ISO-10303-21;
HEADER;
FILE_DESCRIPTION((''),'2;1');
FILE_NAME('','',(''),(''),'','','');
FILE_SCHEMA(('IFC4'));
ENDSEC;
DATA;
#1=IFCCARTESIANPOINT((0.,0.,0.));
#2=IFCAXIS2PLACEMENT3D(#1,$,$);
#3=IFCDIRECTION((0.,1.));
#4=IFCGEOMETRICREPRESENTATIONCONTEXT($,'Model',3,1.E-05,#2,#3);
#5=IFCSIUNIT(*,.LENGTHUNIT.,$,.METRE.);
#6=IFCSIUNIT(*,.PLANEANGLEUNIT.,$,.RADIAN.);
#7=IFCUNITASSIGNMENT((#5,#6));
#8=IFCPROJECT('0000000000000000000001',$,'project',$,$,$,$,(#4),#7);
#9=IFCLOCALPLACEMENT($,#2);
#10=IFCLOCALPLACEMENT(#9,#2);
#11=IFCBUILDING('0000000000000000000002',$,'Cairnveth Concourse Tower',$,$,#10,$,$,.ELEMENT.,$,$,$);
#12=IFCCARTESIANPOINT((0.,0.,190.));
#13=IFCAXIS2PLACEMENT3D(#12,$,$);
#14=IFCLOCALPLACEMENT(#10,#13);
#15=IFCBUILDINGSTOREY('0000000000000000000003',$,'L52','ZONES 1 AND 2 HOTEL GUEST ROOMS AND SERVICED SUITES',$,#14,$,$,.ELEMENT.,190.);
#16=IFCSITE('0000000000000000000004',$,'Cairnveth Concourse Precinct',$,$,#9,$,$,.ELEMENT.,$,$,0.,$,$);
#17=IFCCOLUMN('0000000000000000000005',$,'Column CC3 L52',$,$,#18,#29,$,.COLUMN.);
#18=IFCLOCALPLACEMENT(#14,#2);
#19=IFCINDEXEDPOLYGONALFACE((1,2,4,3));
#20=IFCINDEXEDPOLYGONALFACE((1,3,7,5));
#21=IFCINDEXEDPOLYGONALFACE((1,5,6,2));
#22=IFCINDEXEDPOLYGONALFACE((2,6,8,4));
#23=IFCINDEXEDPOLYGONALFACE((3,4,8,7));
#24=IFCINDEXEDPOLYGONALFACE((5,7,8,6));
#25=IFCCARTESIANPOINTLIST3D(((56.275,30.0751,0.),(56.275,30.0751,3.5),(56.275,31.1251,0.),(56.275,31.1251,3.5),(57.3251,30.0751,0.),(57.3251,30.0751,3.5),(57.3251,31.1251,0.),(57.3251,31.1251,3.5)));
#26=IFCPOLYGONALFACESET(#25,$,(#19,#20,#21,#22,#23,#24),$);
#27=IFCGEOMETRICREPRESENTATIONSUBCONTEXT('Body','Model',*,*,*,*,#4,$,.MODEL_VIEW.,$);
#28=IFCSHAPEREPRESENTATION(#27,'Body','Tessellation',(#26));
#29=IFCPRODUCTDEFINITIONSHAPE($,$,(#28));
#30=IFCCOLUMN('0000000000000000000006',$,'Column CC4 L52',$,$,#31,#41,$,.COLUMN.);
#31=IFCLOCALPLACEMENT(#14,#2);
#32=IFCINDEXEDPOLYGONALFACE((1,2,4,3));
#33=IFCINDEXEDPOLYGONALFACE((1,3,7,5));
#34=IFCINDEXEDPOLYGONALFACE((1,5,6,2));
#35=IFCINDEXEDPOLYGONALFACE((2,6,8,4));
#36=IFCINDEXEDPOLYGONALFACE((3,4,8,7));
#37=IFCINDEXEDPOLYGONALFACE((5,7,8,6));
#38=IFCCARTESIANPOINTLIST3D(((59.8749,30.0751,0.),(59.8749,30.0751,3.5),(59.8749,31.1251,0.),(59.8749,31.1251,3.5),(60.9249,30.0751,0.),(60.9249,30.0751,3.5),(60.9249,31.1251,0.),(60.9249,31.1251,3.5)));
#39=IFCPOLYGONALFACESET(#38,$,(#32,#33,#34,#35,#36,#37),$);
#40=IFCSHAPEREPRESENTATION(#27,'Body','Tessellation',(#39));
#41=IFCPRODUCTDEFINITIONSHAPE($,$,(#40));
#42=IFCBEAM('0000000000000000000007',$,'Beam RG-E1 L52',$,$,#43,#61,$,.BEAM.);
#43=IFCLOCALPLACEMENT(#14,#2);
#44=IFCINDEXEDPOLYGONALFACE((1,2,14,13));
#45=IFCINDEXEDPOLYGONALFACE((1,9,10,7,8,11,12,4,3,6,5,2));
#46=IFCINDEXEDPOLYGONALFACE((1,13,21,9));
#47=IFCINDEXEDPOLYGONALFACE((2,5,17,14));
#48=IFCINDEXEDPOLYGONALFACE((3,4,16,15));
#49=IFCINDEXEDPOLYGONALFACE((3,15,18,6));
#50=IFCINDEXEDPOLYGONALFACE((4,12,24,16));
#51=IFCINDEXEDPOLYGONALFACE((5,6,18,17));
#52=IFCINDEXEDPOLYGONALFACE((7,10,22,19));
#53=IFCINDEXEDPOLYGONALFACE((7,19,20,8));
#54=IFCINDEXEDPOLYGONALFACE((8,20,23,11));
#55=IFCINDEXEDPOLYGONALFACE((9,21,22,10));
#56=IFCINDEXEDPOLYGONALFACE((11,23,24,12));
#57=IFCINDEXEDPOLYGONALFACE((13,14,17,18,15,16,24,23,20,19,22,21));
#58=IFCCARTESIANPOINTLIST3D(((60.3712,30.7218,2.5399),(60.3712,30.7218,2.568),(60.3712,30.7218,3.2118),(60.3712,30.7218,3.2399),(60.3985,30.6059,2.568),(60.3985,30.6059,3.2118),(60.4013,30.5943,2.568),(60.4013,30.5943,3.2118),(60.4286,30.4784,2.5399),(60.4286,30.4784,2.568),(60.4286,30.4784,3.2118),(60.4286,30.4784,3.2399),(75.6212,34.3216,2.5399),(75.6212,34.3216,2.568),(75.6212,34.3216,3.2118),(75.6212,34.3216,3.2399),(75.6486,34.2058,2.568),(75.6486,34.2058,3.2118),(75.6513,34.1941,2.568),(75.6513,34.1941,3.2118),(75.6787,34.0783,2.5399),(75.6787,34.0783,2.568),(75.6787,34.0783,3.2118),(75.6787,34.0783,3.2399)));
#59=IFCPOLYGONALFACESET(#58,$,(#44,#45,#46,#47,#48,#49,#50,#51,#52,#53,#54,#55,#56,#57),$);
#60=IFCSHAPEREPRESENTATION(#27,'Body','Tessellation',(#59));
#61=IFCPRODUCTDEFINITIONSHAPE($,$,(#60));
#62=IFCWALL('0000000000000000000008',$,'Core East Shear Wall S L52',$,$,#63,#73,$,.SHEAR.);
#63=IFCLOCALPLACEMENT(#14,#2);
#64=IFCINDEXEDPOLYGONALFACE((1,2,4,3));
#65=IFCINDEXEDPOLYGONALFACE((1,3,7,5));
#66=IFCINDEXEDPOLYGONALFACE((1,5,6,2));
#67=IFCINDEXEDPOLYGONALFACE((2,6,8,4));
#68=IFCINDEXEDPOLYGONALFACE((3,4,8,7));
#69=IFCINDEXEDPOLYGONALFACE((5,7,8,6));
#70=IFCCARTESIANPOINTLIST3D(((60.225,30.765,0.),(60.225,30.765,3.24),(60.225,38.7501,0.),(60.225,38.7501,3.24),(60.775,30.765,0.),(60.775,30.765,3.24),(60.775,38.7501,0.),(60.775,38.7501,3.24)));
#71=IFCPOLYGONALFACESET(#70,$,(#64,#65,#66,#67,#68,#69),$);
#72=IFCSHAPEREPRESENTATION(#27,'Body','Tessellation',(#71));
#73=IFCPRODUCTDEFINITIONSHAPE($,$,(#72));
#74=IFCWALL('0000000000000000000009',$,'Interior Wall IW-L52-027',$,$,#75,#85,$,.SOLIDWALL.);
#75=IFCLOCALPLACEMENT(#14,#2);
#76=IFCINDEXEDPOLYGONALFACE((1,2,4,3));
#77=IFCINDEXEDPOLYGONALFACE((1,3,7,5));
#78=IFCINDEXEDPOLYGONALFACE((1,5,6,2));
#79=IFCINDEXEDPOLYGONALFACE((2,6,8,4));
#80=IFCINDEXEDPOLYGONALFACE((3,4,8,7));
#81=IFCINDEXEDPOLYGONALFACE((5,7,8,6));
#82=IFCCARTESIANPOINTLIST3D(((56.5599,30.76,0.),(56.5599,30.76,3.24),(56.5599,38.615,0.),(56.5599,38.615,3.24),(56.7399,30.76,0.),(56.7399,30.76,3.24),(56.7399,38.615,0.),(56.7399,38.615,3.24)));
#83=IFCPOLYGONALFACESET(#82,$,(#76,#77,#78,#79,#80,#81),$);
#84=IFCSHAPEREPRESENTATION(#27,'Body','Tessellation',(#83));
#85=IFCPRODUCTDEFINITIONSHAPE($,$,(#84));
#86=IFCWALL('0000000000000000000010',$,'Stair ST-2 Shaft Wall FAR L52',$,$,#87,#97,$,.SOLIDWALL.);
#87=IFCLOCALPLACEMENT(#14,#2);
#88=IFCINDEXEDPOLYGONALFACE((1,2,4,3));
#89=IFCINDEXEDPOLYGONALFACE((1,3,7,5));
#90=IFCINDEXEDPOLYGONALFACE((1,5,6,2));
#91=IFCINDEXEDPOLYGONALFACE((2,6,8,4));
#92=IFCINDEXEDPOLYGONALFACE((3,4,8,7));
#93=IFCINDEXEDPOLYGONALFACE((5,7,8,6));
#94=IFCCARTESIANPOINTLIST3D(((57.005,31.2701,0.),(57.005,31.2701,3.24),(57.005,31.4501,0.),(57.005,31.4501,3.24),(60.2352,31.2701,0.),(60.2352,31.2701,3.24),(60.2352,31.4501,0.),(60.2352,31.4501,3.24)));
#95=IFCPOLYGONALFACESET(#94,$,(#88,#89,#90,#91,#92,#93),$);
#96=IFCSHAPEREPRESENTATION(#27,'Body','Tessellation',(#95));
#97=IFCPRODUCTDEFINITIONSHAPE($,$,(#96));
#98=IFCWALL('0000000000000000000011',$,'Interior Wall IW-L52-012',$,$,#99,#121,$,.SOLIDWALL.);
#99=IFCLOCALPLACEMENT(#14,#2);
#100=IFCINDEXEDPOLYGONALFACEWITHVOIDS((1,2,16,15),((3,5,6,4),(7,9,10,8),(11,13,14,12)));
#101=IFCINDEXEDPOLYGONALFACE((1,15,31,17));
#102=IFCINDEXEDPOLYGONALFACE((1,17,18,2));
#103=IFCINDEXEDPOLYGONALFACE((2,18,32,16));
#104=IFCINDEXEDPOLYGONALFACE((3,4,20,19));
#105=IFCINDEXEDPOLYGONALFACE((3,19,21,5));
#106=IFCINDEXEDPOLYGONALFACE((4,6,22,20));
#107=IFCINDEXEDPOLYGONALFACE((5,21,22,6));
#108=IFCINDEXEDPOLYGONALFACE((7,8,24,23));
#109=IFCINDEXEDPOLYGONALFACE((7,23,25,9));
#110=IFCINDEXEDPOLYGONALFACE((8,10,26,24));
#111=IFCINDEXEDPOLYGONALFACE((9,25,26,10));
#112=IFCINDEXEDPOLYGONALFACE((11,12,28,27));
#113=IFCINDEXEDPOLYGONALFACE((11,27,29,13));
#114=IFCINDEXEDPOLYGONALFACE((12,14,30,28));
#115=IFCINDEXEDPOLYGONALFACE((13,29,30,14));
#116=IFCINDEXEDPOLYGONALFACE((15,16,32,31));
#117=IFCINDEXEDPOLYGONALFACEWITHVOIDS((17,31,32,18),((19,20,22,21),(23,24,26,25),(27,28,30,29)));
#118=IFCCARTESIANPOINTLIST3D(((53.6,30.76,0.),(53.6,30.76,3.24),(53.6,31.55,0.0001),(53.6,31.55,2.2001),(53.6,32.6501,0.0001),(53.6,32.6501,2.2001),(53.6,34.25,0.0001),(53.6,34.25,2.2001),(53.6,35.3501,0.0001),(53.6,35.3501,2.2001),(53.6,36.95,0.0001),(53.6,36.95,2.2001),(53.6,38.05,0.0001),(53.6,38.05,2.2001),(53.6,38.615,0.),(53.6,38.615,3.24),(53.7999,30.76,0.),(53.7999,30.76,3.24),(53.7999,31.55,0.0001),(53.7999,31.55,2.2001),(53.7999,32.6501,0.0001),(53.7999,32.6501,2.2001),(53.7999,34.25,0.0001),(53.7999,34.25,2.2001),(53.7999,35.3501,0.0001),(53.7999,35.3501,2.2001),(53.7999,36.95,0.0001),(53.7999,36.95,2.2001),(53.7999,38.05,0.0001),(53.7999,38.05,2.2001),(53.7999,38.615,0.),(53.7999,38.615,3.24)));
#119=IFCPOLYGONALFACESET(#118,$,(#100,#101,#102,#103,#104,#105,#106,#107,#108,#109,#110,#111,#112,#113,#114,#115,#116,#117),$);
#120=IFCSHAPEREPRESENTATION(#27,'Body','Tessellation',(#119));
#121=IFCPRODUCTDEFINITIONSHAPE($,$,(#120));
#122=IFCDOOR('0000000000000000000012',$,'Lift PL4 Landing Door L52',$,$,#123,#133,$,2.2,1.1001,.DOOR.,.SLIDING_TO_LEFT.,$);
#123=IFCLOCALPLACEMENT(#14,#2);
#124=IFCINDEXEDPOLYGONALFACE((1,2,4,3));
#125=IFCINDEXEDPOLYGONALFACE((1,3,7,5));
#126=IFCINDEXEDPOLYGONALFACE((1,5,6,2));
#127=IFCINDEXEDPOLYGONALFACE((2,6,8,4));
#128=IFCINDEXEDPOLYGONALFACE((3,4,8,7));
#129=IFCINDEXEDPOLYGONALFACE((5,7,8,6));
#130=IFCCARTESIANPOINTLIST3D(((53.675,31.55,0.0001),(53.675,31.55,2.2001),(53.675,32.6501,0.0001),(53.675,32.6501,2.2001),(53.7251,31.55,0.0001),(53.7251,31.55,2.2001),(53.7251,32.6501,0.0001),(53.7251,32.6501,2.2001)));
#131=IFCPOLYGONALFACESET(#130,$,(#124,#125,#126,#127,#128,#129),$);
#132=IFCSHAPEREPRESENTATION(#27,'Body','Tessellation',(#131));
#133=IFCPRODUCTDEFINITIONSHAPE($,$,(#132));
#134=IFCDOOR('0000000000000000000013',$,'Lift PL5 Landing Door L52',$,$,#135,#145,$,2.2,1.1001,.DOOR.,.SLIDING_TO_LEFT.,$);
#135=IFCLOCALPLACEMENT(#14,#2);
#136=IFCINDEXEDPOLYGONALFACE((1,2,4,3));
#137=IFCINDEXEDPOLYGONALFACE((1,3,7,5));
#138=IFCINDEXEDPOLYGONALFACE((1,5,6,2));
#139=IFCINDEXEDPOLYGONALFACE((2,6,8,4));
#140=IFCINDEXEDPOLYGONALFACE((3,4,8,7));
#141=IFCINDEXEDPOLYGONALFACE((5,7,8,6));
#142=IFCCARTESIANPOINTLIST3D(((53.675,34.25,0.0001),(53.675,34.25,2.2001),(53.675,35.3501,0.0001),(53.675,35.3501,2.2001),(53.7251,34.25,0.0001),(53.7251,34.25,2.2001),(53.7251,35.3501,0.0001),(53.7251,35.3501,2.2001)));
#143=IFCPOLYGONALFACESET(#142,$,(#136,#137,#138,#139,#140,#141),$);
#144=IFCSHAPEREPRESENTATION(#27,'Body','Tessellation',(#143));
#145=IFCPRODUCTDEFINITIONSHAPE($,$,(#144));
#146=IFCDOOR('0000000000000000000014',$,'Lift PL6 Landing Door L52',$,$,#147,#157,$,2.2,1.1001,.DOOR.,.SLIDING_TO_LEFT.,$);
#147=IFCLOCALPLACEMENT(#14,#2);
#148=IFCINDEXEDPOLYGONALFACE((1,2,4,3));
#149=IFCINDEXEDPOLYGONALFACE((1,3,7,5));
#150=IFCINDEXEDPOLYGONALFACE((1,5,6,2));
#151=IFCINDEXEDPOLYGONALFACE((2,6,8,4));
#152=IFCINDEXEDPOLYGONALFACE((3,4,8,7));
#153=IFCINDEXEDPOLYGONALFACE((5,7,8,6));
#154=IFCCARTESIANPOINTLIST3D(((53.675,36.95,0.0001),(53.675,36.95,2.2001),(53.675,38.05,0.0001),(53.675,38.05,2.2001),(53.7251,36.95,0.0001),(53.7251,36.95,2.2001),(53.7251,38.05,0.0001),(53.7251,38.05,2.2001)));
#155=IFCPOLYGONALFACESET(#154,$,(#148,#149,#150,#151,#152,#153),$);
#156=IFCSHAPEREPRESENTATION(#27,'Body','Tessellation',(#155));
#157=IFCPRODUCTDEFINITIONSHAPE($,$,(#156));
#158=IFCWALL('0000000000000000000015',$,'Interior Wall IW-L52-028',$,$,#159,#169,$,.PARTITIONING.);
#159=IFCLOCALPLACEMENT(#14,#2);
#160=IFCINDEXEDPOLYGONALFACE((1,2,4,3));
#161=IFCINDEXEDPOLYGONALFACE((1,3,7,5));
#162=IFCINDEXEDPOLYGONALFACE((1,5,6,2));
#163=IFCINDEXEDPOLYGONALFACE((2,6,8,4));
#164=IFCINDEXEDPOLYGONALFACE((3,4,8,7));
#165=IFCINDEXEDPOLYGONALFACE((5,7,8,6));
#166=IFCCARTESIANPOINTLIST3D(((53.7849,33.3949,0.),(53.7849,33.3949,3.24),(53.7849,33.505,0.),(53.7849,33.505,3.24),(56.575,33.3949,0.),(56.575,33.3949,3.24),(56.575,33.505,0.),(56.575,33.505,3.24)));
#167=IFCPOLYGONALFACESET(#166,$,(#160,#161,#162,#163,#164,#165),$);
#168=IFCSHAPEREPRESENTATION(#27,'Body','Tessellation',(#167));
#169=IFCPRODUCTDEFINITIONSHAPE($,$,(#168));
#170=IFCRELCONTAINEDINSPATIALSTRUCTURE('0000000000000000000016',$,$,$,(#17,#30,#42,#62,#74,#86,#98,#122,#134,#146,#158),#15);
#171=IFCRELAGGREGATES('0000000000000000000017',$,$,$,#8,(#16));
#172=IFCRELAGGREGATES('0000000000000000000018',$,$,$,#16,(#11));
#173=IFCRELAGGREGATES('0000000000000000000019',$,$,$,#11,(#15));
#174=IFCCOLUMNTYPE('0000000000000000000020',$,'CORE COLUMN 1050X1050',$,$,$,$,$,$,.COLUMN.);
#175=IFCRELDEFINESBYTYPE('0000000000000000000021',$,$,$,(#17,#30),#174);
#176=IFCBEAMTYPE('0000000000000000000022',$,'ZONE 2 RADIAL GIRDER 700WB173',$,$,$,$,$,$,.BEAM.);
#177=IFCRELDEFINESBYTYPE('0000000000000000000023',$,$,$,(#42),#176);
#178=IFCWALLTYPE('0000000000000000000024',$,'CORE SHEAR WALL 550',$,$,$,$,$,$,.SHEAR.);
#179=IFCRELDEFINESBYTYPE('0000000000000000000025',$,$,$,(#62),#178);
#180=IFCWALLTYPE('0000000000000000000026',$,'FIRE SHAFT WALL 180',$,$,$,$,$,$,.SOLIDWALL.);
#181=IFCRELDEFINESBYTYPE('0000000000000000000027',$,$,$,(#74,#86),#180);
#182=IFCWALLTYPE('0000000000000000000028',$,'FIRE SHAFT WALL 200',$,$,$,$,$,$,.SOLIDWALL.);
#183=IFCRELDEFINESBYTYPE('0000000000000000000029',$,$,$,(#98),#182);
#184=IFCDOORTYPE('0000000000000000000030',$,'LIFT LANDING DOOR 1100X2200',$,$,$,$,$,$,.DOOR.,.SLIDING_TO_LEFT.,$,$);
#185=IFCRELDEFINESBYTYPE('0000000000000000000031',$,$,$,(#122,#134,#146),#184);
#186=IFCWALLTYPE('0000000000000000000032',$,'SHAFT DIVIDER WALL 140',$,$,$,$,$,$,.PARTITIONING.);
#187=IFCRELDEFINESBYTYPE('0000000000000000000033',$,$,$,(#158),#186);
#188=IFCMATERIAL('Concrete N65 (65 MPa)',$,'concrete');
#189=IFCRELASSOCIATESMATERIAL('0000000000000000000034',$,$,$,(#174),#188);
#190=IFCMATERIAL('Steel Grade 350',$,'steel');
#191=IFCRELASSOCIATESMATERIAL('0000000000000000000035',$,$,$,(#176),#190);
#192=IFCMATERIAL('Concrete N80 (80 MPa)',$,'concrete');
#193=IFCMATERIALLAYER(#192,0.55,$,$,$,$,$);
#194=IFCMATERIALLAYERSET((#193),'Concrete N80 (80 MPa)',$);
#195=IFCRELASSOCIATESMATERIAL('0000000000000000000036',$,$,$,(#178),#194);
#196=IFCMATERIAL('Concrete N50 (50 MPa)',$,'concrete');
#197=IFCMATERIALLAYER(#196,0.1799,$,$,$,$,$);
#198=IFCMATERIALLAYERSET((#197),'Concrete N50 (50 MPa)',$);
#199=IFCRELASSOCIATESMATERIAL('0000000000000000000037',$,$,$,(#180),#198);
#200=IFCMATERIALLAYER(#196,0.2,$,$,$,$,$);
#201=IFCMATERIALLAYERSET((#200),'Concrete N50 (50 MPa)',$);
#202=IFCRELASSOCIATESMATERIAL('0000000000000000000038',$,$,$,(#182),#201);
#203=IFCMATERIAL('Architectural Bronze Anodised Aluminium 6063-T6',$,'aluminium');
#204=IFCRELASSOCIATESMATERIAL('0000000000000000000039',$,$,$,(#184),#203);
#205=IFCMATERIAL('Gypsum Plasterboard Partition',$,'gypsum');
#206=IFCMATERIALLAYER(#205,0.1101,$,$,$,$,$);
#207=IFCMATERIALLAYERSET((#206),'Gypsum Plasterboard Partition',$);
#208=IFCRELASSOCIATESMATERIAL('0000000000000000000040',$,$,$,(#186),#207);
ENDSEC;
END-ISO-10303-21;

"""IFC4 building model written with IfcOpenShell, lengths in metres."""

from ifc_helpers import new_model, si_unit, direction, frame, frame_2d, origin, origin_2d, place, context, subcontext, project, spatial, rectangle, i_section, extrude, material, layer, layer_set, material_profile, profile_set, type_object, element, fill, save


model = new_model("IFC4")

# Units and contexts
model_context = context("Model", 3, precision=1e-05, world=origin(), true_north=direction((0.0, 1.0)))
body_context = subcontext(model_context, "Body", "Model", "MODEL_VIEW")
ifc_project = project(units=[si_unit("LENGTHUNIT", "METRE"), si_unit("PLANEANGLEUNIT", "RADIAN")], contexts=[model_context])

# Site, building, storey
site_placement = place(None, origin())
site = spatial("IfcSite", under=ifc_project, at=site_placement, Name="Cairnveth Concourse Precinct", CompositionType="ELEMENT", RefElevation=0.0)
building_placement = place(site_placement, origin())
building = spatial("IfcBuilding", under=site, at=building_placement, Name="Cairnveth Concourse Tower", CompositionType="ELEMENT")
storey_placement = place(building_placement, frame((0.0, 0.0, 190.0)))
storey = spatial("IfcBuildingStorey", under=building, at=storey_placement, Name="L52", Description="ZONES 1 AND 2 HOTEL GUEST ROOMS AND SERVICED SUITES", CompositionType="ELEMENT", Elevation=190.0)

# Columns
ifc_material_1 = material(Name="Concrete N65 (65 MPa)", Category="concrete")
ifc_material_profile_1 = material_profile(ifc_material_1, rectangle(XDim=1.05, YDim=1.05, at=origin_2d()), Name="RC-COL-1050x1050")
ifc_profile_set_1 = profile_set([ifc_material_profile_1], Name="Concrete N65 (65 MPa)")
column_type = type_object("IfcColumnType", Name="CORE COLUMN 1050X1050", PredefinedType="COLUMN", material=ifc_profile_set_1)
for number, where, z_axis, x_axis, name in (
    (1, (56.8, 30.6001, 0.0), (0.0, 0.0, 1.0), (1.0, 0.0, 0.0), "Column CC3 L52"),
    (2, (60.3999, 30.6001, 0.0), (0.0, 0.0, 1.0), (1.0, 0.0, 0.0), "Column CC4 L52"),
):
    element("IfcColumn", number, at=place(storey_placement, frame(where, z_axis=z_axis, x_axis=x_axis)), inside=storey, type_object=column_type, Name=name, PredefinedType="COLUMN", context=body_context, shape_type="SweptSolid", body=[
        extrude(rectangle(XDim=1.05, YDim=1.05, at=origin_2d()), origin(), (0.0, 0.0, 1.0), 3.5),
    ])

# Beam
ifc_material_2 = material(Name="Steel Grade 350", Category="steel")
ifc_material_profile_2 = material_profile(ifc_material_2, i_section(OverallWidth=0.25, OverallDepth=0.7, WebThickness=0.012, FlangeThickness=0.0281, at=origin_2d()), Name="700WB173")
ifc_profile_set_2 = profile_set([ifc_material_profile_2], Name="Steel Grade 350")
beam_type = type_object("IfcBeamType", Name="ZONE 2 RADIAL GIRDER 700WB173", PredefinedType="BEAM", material=ifc_profile_set_2)
beam_placement = place(storey_placement, frame((60.3999, 30.6001, 2.8899), z_axis=(0.973252, 0.229742, 0.0), x_axis=(-0.229742, 0.973252, 0.0)))
element("IfcBeam", 3, at=beam_placement, inside=storey, type_object=beam_type, Name="Beam RG-E1 L52", PredefinedType="BEAM", context=body_context, shape_type="SweptSolid", body=[
    extrude(i_section(OverallWidth=0.25, OverallDepth=0.7, WebThickness=0.012, FlangeThickness=0.0281, at=origin_2d()), origin(), (0.0, 0.0, 1.0), 15.6692),
])

# Walls
ifc_material_3 = material(Name="Concrete N80 (80 MPa)", Category="concrete")
ifc_layer_1 = layer(ifc_material_3, 0.55)
ifc_layer_set_1 = layer_set([ifc_layer_1], Name="Concrete N80 (80 MPa)")
wall_type_1 = type_object("IfcWallType", Name="CORE SHEAR WALL 550", PredefinedType="SHEAR", material=ifc_layer_set_1)
wall_1_placement = place(storey_placement, frame((60.5, 30.7649, 0.0), z_axis=(0.0, 0.0, 1.0), x_axis=(0.0, 1.0, 0.0)))
element("IfcWall", 4, at=wall_1_placement, inside=storey, type_object=wall_type_1, Name="Core East Shear Wall S L52", PredefinedType="SHEAR", context=body_context, shape_type="SweptSolid", body=[
    extrude(rectangle(XDim=7.9851, YDim=0.55, at=frame_2d((3.9927, 0.0))), origin(), (0.0, 0.0, 1.0), 3.24),
])
ifc_material_4 = material(Name="Concrete N50 (50 MPa)", Category="concrete")
ifc_layer_2 = layer(ifc_material_4, 0.1799)
ifc_layer_set_2 = layer_set([ifc_layer_2], Name="Concrete N50 (50 MPa)")
wall_type_2 = type_object("IfcWallType", Name="FIRE SHAFT WALL 180", PredefinedType="SOLIDWALL", material=ifc_layer_set_2)
wall_2_placement = place(storey_placement, frame((56.6499, 30.76, 0.0), z_axis=(0.0, 0.0, 1.0), x_axis=(0.0, 1.0, 0.0)))
element("IfcWall", 5, at=wall_2_placement, inside=storey, type_object=wall_type_2, Name="Interior Wall IW-L52-027", PredefinedType="SOLIDWALL", context=body_context, shape_type="SweptSolid", body=[
    extrude(rectangle(XDim=7.855, YDim=0.1799, at=frame_2d((3.9275, 0.0))), origin(), (0.0, 0.0, 1.0), 3.24),
])
wall_3_placement = place(storey_placement, frame((57.0049, 31.3601, 0.0), z_axis=(0.0, 0.0, 1.0), x_axis=(1.0, 0.0, 0.0)))
element("IfcWall", 6, at=wall_3_placement, inside=storey, type_object=wall_type_2, Name="Stair ST-2 Shaft Wall FAR L52", PredefinedType="SOLIDWALL", context=body_context, shape_type="SweptSolid", body=[
    extrude(rectangle(XDim=3.2302, YDim=0.1799, at=frame_2d((1.6152, 0.0))), origin(), (0.0, 0.0, 1.0), 3.24),
])

# Wall, openings, doors
ifc_layer_3 = layer(ifc_material_4, 0.2)
ifc_layer_set_3 = layer_set([ifc_layer_3], Name="Concrete N50 (50 MPa)")
wall_type_3 = type_object("IfcWallType", Name="FIRE SHAFT WALL 200", PredefinedType="SOLIDWALL", material=ifc_layer_set_3)
wall_4_placement = place(storey_placement, frame((53.7, 30.76, 0.0), z_axis=(0.0, 0.0, 1.0), x_axis=(0.0, 1.0, 0.0)))
wall_4 = element("IfcWall", 7, at=wall_4_placement, inside=storey, type_object=wall_type_3, Name="Interior Wall IW-L52-012", PredefinedType="SOLIDWALL", context=body_context, shape_type="SweptSolid", body=[
    extrude(rectangle(XDim=7.855, YDim=0.2, at=frame_2d((3.9275, 0.0))), origin(), (0.0, 0.0, 1.0), 3.24),
])
opening_1_placement = place(wall_4_placement, frame((0.79, 0.0, 0.0)))
opening_1 = element("IfcOpeningElement", 8, at=opening_1_placement, cuts=wall_4, PredefinedType="OPENING", context=body_context, shape_type="SweptSolid", body=[
    extrude(rectangle(XDim=1.1001, YDim=2.2, at=frame_2d((0.55, 1.1001))), frame((0.0, 0.1099, 0.0), z_axis=(0.0, -1.0, 0.0), x_axis=(1.0, 0.0, 0.0)), (0.0, 0.0, 1.0), 0.22),
])
opening_2_placement = place(wall_4_placement, frame((3.49, 0.0, 0.0)))
opening_2 = element("IfcOpeningElement", 9, at=opening_2_placement, cuts=wall_4, PredefinedType="OPENING", context=body_context, shape_type="SweptSolid", body=[
    extrude(rectangle(XDim=1.1001, YDim=2.2, at=frame_2d((0.55, 1.1001))), frame((0.0, 0.1099, 0.0), z_axis=(0.0, -1.0, 0.0), x_axis=(1.0, 0.0, 0.0)), (0.0, 0.0, 1.0), 0.22),
])
opening_3_placement = place(wall_4_placement, frame((6.1899, 0.0, 0.0)))
opening_3 = element("IfcOpeningElement", 10, at=opening_3_placement, cuts=wall_4, PredefinedType="OPENING", context=body_context, shape_type="SweptSolid", body=[
    extrude(rectangle(XDim=1.1001, YDim=2.2, at=frame_2d((0.55, 1.1001))), frame((0.0, 0.1099, 0.0), z_axis=(0.0, -1.0, 0.0), x_axis=(1.0, 0.0, 0.0)), (0.0, 0.0, 1.0), 0.22),
])
ifc_material_5 = material(Name="Architectural Bronze Anodised Aluminium 6063-T6", Category="aluminium")
door_type = type_object("IfcDoorType", Name="LIFT LANDING DOOR 1100X2200", OperationType="SLIDING_TO_LEFT", PredefinedType="DOOR", material=ifc_material_5)
door_1_placement = place(opening_1_placement, origin())
door_1 = element("IfcDoor", 11, at=door_1_placement, inside=storey, type_object=door_type, Name="Lift PL4 Landing Door L52", OperationType="SLIDING_TO_LEFT", OverallHeight=2.2, OverallWidth=1.1001, PredefinedType="DOOR", context=body_context, shape_type="SweptSolid", body=[
    extrude(rectangle(XDim=1.1001, YDim=2.2, at=frame_2d((0.55, 1.1001))), frame((0.0, 0.0249, 0.0), z_axis=(0.0, -1.0, 0.0), x_axis=(1.0, 0.0, 0.0)), (0.0, 0.0, 1.0), 0.05),
])
fill(opening_1, door_1)
door_2_placement = place(opening_2_placement, origin())
door_2 = element("IfcDoor", 12, at=door_2_placement, inside=storey, type_object=door_type, Name="Lift PL5 Landing Door L52", OperationType="SLIDING_TO_LEFT", OverallHeight=2.2, OverallWidth=1.1001, PredefinedType="DOOR", context=body_context, shape_type="SweptSolid", body=[
    extrude(rectangle(XDim=1.1001, YDim=2.2, at=frame_2d((0.55, 1.1001))), frame((0.0, 0.0249, 0.0), z_axis=(0.0, -1.0, 0.0), x_axis=(1.0, 0.0, 0.0)), (0.0, 0.0, 1.0), 0.05),
])
fill(opening_2, door_2)
door_3_placement = place(opening_3_placement, origin())
door_3 = element("IfcDoor", 13, at=door_3_placement, inside=storey, type_object=door_type, Name="Lift PL6 Landing Door L52", OperationType="SLIDING_TO_LEFT", OverallHeight=2.2, OverallWidth=1.1001, PredefinedType="DOOR", context=body_context, shape_type="SweptSolid", body=[
    extrude(rectangle(XDim=1.1001, YDim=2.2, at=frame_2d((0.55, 1.1001))), frame((0.0, 0.0249, 0.0), z_axis=(0.0, -1.0, 0.0), x_axis=(1.0, 0.0, 0.0)), (0.0, 0.0, 1.0), 0.05),
])
fill(opening_3, door_3)

# Wall
ifc_material_6 = material(Name="Gypsum Plasterboard Partition", Category="gypsum")
ifc_layer_4 = layer(ifc_material_6, 0.1101)
ifc_layer_set_4 = layer_set([ifc_layer_4], Name="Gypsum Plasterboard Partition")
wall_type_4 = type_object("IfcWallType", Name="SHAFT DIVIDER WALL 140", PredefinedType="PARTITIONING", material=ifc_layer_set_4)
for number, where, z_axis, x_axis, name in (
    (14, (53.7849, 33.45, 0.0), (0.0, 0.0, 1.0), (1.0, 0.0, 0.0), "Interior Wall IW-L52-028"),
):
    element("IfcWall", number, at=place(storey_placement, frame(where, z_axis=z_axis, x_axis=x_axis)), inside=storey, type_object=wall_type_4, Name=name, PredefinedType="PARTITIONING", context=body_context, shape_type="SweptSolid", body=[
        extrude(rectangle(XDim=2.79, YDim=0.1101, at=frame_2d((1.395, 0.0))), origin(), (0.0, 0.0, 1.0), 3.24),
    ])

save(model, "model.ifc")
